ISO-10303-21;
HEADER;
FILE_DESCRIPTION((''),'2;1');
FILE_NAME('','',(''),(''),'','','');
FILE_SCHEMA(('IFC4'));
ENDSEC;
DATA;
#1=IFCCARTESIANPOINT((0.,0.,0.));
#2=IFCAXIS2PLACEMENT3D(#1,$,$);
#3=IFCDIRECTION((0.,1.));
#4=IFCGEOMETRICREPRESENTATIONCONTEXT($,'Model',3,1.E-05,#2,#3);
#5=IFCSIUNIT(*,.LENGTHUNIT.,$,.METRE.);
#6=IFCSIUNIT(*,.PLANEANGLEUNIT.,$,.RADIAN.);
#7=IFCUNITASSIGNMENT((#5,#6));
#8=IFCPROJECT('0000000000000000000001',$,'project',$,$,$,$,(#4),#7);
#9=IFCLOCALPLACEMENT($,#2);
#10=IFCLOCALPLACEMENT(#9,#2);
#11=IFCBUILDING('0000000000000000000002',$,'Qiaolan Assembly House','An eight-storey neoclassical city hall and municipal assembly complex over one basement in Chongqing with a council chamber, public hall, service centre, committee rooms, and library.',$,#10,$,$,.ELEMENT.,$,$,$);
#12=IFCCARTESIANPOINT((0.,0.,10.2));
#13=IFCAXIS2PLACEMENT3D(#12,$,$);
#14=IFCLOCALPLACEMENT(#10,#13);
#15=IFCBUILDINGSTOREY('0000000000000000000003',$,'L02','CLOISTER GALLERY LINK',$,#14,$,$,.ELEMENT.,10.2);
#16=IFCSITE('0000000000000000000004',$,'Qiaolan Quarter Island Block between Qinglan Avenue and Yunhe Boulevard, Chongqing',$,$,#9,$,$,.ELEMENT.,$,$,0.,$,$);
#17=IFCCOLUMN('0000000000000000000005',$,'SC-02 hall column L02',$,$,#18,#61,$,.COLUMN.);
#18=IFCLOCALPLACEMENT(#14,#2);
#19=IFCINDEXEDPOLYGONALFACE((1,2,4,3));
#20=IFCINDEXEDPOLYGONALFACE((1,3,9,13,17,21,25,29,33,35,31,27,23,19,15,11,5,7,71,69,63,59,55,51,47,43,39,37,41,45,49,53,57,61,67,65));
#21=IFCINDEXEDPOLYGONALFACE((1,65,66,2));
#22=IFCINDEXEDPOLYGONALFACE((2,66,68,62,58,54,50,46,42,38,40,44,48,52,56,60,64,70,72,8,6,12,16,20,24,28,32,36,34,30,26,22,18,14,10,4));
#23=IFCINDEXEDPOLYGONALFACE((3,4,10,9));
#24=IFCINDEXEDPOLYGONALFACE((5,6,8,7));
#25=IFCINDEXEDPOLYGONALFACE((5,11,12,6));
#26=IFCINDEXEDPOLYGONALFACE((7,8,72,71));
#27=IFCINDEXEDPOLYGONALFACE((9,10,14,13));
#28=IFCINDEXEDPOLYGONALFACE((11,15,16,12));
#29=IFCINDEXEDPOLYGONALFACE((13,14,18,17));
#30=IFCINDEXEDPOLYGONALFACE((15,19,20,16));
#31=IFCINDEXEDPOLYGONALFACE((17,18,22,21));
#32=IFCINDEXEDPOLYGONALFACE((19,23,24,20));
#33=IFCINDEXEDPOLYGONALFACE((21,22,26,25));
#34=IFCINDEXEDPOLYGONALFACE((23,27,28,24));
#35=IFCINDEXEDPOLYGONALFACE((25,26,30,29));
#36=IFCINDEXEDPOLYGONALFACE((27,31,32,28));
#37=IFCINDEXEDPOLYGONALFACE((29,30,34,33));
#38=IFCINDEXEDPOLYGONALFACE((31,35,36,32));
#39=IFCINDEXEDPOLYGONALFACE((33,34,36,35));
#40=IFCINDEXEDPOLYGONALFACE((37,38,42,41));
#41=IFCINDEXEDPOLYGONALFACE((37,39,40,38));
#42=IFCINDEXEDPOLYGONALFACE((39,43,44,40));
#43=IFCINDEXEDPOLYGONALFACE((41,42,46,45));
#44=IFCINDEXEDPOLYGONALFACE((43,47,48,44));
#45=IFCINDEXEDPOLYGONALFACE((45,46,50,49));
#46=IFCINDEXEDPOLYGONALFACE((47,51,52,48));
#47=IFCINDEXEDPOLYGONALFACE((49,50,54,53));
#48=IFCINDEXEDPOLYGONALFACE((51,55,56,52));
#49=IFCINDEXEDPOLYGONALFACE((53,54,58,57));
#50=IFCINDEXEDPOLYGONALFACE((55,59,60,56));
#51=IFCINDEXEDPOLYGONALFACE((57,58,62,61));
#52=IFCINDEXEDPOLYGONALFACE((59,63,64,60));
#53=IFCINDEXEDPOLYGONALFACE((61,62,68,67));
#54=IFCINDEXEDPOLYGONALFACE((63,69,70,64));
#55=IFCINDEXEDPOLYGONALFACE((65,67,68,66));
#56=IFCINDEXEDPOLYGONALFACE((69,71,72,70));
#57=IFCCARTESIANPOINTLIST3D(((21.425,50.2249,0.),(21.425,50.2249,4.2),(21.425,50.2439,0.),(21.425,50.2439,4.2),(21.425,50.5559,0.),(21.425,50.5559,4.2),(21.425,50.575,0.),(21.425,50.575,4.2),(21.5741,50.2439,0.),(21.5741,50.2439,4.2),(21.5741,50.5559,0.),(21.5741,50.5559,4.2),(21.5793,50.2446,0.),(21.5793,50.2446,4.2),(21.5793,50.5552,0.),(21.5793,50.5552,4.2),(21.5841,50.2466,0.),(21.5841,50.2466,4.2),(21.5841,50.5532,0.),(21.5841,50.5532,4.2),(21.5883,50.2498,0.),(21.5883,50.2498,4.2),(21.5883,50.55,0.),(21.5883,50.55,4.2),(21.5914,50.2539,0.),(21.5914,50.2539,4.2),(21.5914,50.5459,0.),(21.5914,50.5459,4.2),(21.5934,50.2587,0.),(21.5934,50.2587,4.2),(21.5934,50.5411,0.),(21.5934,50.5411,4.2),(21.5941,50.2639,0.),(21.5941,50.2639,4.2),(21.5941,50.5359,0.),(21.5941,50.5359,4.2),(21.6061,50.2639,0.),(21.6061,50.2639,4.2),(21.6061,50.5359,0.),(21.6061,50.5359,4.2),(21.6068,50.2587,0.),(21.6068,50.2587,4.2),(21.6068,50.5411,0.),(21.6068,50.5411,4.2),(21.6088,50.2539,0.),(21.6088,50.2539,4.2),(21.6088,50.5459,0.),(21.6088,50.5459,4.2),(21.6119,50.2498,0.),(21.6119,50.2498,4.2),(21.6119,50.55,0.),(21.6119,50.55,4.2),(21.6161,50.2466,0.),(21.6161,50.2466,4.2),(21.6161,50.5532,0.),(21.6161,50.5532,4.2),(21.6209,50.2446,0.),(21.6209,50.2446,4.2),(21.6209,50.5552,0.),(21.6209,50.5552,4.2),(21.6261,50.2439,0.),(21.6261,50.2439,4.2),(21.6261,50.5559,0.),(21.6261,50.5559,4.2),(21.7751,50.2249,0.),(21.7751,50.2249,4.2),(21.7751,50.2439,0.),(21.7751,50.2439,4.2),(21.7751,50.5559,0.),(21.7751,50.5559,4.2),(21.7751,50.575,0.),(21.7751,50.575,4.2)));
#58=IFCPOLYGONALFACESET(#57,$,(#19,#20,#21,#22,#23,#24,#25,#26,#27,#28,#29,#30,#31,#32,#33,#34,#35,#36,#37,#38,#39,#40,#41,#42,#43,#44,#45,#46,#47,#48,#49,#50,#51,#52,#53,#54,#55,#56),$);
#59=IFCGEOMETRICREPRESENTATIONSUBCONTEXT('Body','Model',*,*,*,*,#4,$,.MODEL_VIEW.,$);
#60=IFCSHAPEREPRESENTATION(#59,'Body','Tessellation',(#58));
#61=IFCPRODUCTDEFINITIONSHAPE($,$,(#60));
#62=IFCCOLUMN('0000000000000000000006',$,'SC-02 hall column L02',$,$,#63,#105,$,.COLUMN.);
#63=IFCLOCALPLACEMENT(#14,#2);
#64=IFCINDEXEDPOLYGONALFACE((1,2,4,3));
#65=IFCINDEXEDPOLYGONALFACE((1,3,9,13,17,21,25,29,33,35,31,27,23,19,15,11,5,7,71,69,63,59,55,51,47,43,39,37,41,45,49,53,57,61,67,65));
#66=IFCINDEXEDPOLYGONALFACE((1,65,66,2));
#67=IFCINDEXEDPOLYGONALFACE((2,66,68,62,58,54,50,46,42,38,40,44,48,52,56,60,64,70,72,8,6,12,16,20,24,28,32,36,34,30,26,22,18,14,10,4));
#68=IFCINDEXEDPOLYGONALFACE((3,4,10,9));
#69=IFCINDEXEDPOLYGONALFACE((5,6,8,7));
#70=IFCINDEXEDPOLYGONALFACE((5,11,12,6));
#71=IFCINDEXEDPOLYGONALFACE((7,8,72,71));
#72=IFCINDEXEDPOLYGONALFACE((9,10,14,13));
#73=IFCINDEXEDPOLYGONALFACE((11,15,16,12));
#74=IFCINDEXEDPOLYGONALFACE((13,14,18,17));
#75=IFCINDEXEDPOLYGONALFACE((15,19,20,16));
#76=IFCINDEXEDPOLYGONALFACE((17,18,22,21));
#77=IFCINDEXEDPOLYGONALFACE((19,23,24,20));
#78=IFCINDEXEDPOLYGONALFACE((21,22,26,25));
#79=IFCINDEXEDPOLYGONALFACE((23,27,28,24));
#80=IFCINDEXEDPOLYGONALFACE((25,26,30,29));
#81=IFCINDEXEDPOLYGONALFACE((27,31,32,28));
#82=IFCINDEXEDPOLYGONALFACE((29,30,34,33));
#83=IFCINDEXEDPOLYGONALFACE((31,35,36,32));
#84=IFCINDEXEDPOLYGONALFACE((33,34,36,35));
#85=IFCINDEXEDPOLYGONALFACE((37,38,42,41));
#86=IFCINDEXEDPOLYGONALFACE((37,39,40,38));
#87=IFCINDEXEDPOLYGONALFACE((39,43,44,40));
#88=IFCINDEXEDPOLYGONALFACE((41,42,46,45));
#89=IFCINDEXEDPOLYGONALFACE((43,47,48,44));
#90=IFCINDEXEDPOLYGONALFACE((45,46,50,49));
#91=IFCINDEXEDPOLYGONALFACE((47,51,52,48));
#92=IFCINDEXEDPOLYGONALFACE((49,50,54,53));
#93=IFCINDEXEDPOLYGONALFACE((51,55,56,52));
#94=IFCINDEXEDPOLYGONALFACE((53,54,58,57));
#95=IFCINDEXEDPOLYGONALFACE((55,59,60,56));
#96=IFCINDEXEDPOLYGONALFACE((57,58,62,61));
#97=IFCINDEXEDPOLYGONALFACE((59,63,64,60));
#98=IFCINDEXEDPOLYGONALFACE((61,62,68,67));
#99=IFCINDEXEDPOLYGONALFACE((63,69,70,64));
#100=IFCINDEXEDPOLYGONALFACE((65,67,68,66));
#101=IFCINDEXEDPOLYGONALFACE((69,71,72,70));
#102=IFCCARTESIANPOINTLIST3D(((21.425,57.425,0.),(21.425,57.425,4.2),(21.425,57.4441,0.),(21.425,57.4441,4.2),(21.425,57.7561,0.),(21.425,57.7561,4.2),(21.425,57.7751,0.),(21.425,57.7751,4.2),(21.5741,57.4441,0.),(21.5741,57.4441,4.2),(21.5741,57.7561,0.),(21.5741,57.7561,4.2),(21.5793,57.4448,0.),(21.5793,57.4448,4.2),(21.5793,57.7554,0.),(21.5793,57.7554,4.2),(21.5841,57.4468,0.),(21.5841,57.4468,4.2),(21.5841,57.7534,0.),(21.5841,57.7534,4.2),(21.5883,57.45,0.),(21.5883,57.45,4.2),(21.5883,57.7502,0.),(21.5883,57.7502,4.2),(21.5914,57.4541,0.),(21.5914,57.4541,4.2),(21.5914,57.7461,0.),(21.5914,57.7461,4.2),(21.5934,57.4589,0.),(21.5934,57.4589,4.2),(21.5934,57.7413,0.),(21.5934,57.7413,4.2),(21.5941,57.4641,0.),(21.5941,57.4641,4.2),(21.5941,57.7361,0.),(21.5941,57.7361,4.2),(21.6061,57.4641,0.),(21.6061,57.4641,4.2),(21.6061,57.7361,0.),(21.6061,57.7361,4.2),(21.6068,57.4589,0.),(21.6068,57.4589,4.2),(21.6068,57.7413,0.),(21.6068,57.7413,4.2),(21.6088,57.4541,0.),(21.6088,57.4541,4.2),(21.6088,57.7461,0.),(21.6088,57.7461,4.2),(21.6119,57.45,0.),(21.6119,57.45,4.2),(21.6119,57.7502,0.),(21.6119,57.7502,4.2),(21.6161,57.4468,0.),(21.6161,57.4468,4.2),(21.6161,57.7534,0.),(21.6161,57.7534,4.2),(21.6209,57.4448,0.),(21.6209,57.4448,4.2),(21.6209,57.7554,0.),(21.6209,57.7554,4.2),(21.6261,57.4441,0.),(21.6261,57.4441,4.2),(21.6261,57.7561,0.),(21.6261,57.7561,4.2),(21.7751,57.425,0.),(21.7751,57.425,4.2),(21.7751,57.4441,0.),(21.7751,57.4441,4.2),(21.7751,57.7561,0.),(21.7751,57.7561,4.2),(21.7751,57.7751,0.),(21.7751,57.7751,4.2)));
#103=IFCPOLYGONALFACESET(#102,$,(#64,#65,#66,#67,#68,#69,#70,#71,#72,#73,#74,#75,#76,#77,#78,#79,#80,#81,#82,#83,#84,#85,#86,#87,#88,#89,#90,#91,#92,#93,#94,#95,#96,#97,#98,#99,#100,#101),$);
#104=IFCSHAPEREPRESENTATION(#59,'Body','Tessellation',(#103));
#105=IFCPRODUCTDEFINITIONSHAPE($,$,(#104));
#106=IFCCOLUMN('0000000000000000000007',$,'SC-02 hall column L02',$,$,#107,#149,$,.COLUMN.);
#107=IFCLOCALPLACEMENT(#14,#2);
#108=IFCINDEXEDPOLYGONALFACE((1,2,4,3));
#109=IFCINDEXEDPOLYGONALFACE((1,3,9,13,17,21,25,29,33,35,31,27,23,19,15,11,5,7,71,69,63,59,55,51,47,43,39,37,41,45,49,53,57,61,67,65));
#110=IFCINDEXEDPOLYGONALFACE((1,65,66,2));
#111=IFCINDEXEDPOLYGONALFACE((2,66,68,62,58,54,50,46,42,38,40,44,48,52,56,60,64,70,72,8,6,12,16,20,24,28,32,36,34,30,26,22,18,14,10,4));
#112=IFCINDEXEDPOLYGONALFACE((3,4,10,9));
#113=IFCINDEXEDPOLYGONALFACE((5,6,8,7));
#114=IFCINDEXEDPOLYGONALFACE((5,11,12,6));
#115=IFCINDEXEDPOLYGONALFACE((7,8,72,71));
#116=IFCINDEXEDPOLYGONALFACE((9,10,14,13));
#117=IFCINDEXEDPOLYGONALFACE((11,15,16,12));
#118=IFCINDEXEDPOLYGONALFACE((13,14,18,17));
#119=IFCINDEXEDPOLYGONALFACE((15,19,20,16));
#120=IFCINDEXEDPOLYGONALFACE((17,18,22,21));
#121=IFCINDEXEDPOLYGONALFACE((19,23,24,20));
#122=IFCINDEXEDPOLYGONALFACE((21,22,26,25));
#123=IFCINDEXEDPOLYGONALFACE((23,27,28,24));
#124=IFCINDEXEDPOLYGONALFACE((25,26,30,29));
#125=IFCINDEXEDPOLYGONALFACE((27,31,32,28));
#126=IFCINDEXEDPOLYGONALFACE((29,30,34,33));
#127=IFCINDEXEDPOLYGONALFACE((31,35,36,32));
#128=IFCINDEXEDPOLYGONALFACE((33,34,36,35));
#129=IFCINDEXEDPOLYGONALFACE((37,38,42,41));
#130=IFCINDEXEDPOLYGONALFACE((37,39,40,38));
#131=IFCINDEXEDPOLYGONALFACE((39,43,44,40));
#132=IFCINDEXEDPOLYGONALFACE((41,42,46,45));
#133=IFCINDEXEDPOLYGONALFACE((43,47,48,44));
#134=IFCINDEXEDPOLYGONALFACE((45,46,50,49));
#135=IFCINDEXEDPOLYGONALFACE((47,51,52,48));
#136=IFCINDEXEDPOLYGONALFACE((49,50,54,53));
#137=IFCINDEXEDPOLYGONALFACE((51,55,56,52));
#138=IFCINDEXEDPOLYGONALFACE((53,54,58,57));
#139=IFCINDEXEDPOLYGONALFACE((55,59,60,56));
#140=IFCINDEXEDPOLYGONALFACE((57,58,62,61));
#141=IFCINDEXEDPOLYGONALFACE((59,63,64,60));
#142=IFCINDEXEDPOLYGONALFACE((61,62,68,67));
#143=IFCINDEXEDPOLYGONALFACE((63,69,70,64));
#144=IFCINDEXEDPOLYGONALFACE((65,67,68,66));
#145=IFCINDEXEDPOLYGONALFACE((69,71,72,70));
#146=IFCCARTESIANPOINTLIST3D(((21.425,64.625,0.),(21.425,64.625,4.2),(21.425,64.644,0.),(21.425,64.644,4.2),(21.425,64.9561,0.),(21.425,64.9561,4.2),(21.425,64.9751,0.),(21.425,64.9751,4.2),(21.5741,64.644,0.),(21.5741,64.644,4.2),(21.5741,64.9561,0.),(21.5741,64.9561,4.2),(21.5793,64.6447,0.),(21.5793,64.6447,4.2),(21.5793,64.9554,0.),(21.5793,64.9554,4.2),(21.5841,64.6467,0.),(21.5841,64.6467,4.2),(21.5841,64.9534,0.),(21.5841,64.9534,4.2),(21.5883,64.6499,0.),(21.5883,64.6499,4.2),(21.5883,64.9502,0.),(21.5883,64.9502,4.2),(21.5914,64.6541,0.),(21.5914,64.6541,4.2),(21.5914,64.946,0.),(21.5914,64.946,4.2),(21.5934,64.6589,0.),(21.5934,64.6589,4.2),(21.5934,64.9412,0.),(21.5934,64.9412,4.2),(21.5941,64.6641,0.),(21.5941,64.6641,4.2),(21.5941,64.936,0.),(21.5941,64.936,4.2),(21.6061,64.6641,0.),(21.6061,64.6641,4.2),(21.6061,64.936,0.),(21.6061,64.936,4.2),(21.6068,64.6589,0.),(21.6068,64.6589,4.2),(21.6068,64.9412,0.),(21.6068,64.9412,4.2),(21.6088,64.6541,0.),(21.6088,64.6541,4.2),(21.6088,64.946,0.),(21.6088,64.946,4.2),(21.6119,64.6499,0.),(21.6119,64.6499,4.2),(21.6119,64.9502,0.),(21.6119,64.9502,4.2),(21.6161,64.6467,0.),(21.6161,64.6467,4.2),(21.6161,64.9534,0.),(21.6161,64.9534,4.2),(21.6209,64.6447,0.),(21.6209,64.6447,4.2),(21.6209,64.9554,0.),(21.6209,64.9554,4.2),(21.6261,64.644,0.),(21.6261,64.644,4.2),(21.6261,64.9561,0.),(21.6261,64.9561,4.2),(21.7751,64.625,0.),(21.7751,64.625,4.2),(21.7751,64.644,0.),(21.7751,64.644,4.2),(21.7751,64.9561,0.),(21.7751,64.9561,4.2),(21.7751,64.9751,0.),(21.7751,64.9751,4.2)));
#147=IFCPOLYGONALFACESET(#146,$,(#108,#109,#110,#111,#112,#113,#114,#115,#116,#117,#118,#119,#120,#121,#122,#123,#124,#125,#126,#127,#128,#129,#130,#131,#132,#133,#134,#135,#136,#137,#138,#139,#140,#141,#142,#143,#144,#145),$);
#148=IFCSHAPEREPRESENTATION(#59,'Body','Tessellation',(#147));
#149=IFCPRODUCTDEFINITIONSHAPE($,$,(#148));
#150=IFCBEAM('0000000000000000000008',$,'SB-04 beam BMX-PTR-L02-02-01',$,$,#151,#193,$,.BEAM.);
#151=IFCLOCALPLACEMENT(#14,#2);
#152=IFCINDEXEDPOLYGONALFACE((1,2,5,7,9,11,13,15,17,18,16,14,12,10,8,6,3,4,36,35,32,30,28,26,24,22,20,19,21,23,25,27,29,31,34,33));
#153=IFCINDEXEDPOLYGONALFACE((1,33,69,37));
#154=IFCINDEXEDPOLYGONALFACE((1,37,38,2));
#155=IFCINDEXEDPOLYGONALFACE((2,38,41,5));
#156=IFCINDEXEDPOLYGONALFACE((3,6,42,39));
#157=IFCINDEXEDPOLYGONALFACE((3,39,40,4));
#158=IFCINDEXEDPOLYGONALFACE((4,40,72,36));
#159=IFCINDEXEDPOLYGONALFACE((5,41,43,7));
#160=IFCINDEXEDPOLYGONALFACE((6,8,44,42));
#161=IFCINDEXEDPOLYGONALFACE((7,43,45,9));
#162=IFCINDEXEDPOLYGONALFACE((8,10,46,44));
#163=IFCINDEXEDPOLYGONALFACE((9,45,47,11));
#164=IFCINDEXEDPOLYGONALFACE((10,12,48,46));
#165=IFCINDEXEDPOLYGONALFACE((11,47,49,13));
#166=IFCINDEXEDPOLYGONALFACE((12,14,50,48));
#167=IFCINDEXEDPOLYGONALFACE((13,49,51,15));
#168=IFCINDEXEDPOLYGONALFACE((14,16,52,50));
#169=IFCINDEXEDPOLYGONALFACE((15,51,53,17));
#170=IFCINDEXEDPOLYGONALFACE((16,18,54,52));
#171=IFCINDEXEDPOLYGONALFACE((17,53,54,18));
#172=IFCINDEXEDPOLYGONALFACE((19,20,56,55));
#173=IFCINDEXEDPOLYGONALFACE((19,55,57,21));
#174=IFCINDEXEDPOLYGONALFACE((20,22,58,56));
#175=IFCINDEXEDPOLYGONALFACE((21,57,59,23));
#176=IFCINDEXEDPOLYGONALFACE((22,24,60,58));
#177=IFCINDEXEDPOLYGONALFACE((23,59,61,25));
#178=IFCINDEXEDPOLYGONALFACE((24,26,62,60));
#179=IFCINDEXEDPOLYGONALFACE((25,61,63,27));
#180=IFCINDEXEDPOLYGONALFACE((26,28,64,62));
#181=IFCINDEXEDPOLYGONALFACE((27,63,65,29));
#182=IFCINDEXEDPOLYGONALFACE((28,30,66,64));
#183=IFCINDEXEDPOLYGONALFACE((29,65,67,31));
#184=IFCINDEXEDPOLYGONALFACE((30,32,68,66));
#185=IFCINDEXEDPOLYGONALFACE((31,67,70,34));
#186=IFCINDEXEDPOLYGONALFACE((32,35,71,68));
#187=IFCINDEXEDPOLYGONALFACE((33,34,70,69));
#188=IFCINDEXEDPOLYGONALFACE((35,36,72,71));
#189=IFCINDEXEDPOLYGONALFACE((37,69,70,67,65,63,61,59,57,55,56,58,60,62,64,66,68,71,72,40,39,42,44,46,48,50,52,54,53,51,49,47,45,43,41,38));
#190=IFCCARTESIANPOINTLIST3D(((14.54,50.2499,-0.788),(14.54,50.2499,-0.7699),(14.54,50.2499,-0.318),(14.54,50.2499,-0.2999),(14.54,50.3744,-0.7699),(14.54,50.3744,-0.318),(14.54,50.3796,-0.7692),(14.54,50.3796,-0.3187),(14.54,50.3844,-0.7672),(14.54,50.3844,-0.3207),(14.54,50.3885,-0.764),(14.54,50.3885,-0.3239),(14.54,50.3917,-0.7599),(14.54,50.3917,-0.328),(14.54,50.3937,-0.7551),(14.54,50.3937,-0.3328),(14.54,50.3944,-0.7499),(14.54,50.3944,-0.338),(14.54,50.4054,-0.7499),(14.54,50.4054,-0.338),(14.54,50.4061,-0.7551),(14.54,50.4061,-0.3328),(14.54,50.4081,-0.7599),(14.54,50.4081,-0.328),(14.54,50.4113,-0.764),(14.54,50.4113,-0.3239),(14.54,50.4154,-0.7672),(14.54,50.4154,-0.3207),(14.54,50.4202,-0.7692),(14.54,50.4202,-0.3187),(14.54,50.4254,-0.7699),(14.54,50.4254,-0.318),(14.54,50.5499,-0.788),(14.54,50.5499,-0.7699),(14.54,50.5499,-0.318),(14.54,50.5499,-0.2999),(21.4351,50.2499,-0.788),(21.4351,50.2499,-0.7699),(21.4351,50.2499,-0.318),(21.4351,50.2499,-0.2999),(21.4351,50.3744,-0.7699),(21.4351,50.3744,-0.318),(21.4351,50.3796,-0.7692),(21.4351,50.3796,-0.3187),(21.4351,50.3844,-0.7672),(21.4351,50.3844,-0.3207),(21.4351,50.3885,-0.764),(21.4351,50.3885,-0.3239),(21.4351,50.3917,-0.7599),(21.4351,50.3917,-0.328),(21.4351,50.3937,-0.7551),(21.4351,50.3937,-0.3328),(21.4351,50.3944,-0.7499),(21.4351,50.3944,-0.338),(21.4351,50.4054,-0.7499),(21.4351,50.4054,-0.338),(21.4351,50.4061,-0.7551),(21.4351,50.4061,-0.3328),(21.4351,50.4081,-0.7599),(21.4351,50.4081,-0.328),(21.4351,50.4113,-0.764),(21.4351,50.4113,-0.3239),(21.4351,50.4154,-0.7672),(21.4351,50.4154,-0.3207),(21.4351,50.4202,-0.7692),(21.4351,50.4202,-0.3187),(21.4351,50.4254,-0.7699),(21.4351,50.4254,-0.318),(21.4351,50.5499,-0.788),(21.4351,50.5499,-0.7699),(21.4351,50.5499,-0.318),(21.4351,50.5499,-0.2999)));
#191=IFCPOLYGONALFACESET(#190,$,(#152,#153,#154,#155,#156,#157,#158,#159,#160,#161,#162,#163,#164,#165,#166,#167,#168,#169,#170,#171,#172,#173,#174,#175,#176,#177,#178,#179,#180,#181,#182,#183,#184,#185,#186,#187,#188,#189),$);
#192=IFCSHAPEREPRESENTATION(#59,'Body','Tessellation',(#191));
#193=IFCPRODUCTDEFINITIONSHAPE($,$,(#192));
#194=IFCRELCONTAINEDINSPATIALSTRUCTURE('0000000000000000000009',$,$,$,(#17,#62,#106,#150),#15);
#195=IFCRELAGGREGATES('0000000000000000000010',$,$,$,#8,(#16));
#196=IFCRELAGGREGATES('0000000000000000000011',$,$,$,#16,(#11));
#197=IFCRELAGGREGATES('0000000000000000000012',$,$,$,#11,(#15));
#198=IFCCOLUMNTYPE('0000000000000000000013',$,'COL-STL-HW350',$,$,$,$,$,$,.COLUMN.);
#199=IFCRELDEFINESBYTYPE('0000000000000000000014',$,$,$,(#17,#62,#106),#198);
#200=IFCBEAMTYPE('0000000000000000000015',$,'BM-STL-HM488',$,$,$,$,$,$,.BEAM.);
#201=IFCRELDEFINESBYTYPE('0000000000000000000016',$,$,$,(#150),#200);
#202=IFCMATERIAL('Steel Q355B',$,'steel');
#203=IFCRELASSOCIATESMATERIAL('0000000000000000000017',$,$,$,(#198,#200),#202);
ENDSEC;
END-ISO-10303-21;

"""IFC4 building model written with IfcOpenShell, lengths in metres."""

from ifc_helpers import new_model, si_unit, direction, frame, origin, origin_2d, place, context, subcontext, project, spatial, i_section, extrude, material, material_profile, profile_set, type_object, element, save


model = new_model("IFC4")

# Units and contexts
model_context = context("Model", 3, precision=1e-05, world=origin(), true_north=direction((0.0, 1.0)))
body_context = subcontext(model_context, "Body", "Model", "MODEL_VIEW")
ifc_project = project(units=[si_unit("LENGTHUNIT", "METRE"), si_unit("PLANEANGLEUNIT", "RADIAN")], contexts=[model_context])

# Site, building, storey
site_placement = place(None, origin())
site = spatial("IfcSite", under=ifc_project, at=site_placement, Name="Qiaolan Quarter Island Block between Qinglan Avenue and Yunhe Boulevard, Chongqing", CompositionType="ELEMENT", RefElevation=0.0)
building_placement = place(site_placement, origin())
building = spatial("IfcBuilding", under=site, at=building_placement, Name="Qiaolan Assembly House", Description="An eight-storey neoclassical city hall and municipal assembly complex over one basement in Chongqing with a council chamber, public hall, service centre, committee rooms, and library.", CompositionType="ELEMENT")
storey_placement = place(building_placement, frame((0.0, 0.0, 10.2)))
storey = spatial("IfcBuildingStorey", under=building, at=storey_placement, Name="L02", Description="CLOISTER GALLERY LINK", CompositionType="ELEMENT", Elevation=10.2)

# Columns
ifc_material = material(Name="Steel Q355B", Category="steel")
ifc_material_profile_1 = material_profile(ifc_material, i_section(OverallWidth=0.3501, OverallDepth=0.3501, WebThickness=0.012, FlangeThickness=0.019, FilletRadius=0.02, at=origin_2d()), Name="HW 350x350x12x19")
ifc_profile_set_1 = profile_set([ifc_material_profile_1], Name="Steel Q355B")
column_type = type_object("IfcColumnType", Name="COL-STL-HW350", PredefinedType="COLUMN", material=ifc_profile_set_1)
for number, where, z_axis, x_axis, name in (
    (1, (21.6001, 50.3999, 0.0), (0.0, 0.0, 1.0), (1.0, 0.0, 0.0), "SC-02 hall column L02"),
    (2, (21.6001, 57.6001, 0.0), (0.0, 0.0, 1.0), (1.0, 0.0, 0.0), "SC-02 hall column L02"),
    (3, (21.6001, 64.8, 0.0), (0.0, 0.0, 1.0), (1.0, 0.0, 0.0), "SC-02 hall column L02"),
):
    element("IfcColumn", number, at=place(storey_placement, frame(where, z_axis=z_axis, x_axis=x_axis)), inside=storey, type_object=column_type, Name=name, PredefinedType="COLUMN", context=body_context, shape_type="SweptSolid", body=[
        extrude(i_section(OverallWidth=0.3501, OverallDepth=0.3501, WebThickness=0.012, FlangeThickness=0.019, FilletRadius=0.02, at=origin_2d()), origin(), (0.0, 0.0, 1.0), 4.2),
    ])

# Beam
ifc_material_profile_2 = material_profile(ifc_material, i_section(OverallWidth=0.3, OverallDepth=0.488, WebThickness=0.011, FlangeThickness=0.0181, FilletRadius=0.02, at=origin_2d()), Name="HM 488x300x11x18")
ifc_profile_set_2 = profile_set([ifc_material_profile_2], Name="Steel Q355B")
beam_type_1 = type_object("IfcBeamType", Name="BM-STL-HM488", PredefinedType="BEAM", material=ifc_profile_set_2)
for number, where, z_axis, x_axis, name in (
    (4, (14.54, 50.3999, -0.5439), (1.0, 0.0, 0.0), (0.0, 1.0, 0.0), "SB-04 beam BMX-PTR-L02-02-01"),
):
    element("IfcBeam", number, at=place(storey_placement, frame(where, z_axis=z_axis, x_axis=x_axis)), inside=storey, type_object=beam_type_1, Name=name, PredefinedType="BEAM", context=body_context, shape_type="SweptSolid", body=[
        extrude(i_section(OverallWidth=0.3, OverallDepth=0.488, WebThickness=0.011, FlangeThickness=0.0181, FilletRadius=0.02, at=origin_2d()), origin(), (0.0, 0.0, 1.0), 6.895),
    ])

save(model, "model.ifc")
